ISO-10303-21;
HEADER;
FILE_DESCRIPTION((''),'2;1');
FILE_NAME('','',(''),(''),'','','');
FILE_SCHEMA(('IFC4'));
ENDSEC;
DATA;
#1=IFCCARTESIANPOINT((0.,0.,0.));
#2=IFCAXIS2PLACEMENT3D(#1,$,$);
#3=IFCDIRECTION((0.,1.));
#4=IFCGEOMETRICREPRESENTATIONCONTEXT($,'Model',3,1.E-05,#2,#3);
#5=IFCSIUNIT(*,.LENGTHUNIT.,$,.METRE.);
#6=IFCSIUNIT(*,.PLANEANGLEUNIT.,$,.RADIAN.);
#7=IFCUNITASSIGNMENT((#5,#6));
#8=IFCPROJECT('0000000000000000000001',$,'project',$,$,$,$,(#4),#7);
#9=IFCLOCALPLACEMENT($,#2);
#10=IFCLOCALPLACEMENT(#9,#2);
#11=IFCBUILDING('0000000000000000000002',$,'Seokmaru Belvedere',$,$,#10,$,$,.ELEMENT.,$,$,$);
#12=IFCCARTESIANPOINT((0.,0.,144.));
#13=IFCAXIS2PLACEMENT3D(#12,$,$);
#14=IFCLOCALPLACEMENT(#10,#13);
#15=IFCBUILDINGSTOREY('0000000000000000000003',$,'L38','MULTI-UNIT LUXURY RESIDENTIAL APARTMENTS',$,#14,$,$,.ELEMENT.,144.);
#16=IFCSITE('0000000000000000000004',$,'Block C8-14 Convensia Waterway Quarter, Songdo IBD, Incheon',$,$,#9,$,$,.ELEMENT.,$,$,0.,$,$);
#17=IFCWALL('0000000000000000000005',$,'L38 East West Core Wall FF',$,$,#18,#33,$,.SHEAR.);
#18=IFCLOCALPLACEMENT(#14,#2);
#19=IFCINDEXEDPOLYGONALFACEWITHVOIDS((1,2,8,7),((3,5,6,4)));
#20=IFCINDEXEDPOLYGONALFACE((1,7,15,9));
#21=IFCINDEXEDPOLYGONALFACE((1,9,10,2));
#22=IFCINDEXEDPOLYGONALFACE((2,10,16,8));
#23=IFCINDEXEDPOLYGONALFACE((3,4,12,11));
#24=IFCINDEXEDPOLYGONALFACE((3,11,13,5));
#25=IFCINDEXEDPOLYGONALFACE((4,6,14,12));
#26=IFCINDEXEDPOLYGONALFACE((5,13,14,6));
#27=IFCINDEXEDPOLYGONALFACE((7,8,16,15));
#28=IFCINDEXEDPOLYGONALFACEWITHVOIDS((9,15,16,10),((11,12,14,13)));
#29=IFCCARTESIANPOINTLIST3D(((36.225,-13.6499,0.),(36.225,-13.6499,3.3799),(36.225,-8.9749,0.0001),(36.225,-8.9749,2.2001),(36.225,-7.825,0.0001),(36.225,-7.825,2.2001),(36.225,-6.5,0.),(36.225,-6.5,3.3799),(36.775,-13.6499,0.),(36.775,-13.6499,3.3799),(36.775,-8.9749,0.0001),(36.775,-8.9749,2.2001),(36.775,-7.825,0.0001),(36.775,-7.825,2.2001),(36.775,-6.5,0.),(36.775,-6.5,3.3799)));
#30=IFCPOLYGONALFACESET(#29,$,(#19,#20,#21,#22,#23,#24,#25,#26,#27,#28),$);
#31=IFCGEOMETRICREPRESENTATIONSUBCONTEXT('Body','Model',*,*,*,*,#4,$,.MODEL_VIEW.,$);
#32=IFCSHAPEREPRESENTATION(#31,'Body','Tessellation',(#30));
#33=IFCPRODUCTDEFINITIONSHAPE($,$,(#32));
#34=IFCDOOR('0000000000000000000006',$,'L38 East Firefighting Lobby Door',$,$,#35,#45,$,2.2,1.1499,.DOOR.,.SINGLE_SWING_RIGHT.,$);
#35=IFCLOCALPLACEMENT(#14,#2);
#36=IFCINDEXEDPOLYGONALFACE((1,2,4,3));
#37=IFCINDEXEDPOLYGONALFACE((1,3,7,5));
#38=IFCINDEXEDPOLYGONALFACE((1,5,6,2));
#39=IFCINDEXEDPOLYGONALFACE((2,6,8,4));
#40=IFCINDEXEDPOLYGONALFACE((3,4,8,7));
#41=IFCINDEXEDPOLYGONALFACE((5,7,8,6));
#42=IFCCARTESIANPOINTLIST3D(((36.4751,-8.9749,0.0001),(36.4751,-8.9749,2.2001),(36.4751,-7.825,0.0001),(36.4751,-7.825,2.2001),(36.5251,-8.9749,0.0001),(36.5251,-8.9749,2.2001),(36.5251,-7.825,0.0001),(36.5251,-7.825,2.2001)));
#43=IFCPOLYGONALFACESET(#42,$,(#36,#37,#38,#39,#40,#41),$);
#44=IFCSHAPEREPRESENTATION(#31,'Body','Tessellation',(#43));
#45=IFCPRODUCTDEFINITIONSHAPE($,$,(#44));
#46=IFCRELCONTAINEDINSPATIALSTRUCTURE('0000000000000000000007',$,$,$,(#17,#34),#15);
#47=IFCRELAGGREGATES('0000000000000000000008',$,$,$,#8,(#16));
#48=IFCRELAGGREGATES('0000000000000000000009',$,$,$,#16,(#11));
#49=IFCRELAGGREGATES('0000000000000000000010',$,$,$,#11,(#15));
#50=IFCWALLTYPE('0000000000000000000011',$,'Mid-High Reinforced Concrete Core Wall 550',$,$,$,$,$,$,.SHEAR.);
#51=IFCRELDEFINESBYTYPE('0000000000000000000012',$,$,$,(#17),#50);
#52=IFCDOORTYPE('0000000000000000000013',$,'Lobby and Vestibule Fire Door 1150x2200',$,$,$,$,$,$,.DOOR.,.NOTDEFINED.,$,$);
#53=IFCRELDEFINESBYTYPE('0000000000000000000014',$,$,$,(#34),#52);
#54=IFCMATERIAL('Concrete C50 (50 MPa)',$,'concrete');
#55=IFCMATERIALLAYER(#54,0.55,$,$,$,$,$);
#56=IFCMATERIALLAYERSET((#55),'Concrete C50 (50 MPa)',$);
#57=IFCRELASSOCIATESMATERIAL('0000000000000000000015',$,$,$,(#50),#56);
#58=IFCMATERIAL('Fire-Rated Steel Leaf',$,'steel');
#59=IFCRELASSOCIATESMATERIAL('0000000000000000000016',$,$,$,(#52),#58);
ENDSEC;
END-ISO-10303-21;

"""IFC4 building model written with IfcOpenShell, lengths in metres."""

from ifc_helpers import new_model, si_unit, direction, frame, frame_2d, origin, place, context, subcontext, project, spatial, rectangle, extrude, source, transform, mapped, material, layer, layer_set, type_object, type_shapes, element, fill, save


model = new_model("IFC4")

# Units and contexts
model_context = context("Model", 3, precision=1e-05, world=origin(), true_north=direction((0.0, 1.0)))
body_context = subcontext(model_context, "Body", "Model", "MODEL_VIEW")
ifc_project = project(units=[si_unit("LENGTHUNIT", "METRE"), si_unit("PLANEANGLEUNIT", "RADIAN")], contexts=[model_context])

# Site, building, storey
site_placement = place(None, origin())
site = spatial("IfcSite", under=ifc_project, at=site_placement, Name="Block C8-14 Convensia Waterway Quarter, Songdo IBD, Incheon", CompositionType="ELEMENT", RefElevation=0.0)
building_placement = place(site_placement, origin())
building = spatial("IfcBuilding", under=site, at=building_placement, Name="Seokmaru Belvedere", CompositionType="ELEMENT")
storey_placement = place(building_placement, frame((0.0, 0.0, 144.0)))
storey = spatial("IfcBuildingStorey", under=building, at=storey_placement, Name="L38", Description="MULTI-UNIT LUXURY RESIDENTIAL APARTMENTS", CompositionType="ELEMENT", Elevation=144.0)

# Shared definitions
ifc_material_1 = material(Name="Fire-Rated Steel Leaf", Category="steel")

# Wall, opening, door
ifc_material_2 = material(Name="Concrete C50 (50 MPa)", Category="concrete")
ifc_layer_1 = layer(ifc_material_2, 0.55)
ifc_layer_set_1 = layer_set([ifc_layer_1], Name="Concrete C50 (50 MPa)")
wall_type_1 = type_object("IfcWallType", Name="Mid-High Reinforced Concrete Core Wall 550", PredefinedType="SHEAR", material=ifc_layer_set_1)
wall_1_placement = place(storey_placement, frame((36.5, -13.6499, 0.0), z_axis=(0.0, 0.0, 1.0), x_axis=(0.0, 1.0, 0.0)))
wall_1 = element("IfcWall", 1, at=wall_1_placement, inside=storey, type_object=wall_type_1, Name="L38 East West Core Wall FF", PredefinedType="SHEAR", context=body_context, shape_type="SweptSolid", body=[
    extrude(rectangle(XDim=7.1499, YDim=0.55, at=frame_2d((3.575, 0.0))), origin(), (0.0, 0.0, 1.0), 3.3799),
])
opening_1_placement = place(wall_1_placement, frame((4.675, 0.0, 0.0)))
opening_1 = element("IfcOpeningElement", 2, at=opening_1_placement, cuts=wall_1, PredefinedType="OPENING", context=body_context, shape_type="SweptSolid", body=[
    extrude(rectangle(XDim=1.1499, YDim=2.2, at=frame_2d((0.575, 1.1001))), frame((0.0, 0.2852, 0.0), z_axis=(0.0, -1.0, 0.0), x_axis=(1.0, 0.0, 0.0)), (0.0, 0.0, 1.0), 0.5701),
])
door_type_1 = type_object("IfcDoorType", Name="Lobby and Vestibule Fire Door 1150x2200", OperationType="NOTDEFINED", PredefinedType="DOOR", material=ifc_material_1)
shared_shape_1 = source(origin(), body_context, "Body", "SweptSolid", [
    extrude(rectangle(XDim=1.1499, YDim=2.2, at=frame_2d((0.575, 1.1001))), frame((0.0, 0.0249, 0.0), z_axis=(0.0, -1.0, 0.0), x_axis=(1.0, 0.0, 0.0)), (0.0, 0.0, 1.0), 0.05),
])
type_shapes(door_type_1, [shared_shape_1])
door_1_placement = place(opening_1_placement, origin())
door_1 = element("IfcDoor", 3, at=door_1_placement, inside=storey, type_object=door_type_1, Name="L38 East Firefighting Lobby Door", OperationType="SINGLE_SWING_RIGHT", OverallHeight=2.2, OverallWidth=1.1499, PredefinedType="DOOR", context=body_context, shape_type="MappedRepresentation", body=[
    mapped(shared_shape_1, transform((0.0, 0.0, 0.0), scale=1.0)),
])
fill(opening_1, door_1)

save(model, "model.ifc")
